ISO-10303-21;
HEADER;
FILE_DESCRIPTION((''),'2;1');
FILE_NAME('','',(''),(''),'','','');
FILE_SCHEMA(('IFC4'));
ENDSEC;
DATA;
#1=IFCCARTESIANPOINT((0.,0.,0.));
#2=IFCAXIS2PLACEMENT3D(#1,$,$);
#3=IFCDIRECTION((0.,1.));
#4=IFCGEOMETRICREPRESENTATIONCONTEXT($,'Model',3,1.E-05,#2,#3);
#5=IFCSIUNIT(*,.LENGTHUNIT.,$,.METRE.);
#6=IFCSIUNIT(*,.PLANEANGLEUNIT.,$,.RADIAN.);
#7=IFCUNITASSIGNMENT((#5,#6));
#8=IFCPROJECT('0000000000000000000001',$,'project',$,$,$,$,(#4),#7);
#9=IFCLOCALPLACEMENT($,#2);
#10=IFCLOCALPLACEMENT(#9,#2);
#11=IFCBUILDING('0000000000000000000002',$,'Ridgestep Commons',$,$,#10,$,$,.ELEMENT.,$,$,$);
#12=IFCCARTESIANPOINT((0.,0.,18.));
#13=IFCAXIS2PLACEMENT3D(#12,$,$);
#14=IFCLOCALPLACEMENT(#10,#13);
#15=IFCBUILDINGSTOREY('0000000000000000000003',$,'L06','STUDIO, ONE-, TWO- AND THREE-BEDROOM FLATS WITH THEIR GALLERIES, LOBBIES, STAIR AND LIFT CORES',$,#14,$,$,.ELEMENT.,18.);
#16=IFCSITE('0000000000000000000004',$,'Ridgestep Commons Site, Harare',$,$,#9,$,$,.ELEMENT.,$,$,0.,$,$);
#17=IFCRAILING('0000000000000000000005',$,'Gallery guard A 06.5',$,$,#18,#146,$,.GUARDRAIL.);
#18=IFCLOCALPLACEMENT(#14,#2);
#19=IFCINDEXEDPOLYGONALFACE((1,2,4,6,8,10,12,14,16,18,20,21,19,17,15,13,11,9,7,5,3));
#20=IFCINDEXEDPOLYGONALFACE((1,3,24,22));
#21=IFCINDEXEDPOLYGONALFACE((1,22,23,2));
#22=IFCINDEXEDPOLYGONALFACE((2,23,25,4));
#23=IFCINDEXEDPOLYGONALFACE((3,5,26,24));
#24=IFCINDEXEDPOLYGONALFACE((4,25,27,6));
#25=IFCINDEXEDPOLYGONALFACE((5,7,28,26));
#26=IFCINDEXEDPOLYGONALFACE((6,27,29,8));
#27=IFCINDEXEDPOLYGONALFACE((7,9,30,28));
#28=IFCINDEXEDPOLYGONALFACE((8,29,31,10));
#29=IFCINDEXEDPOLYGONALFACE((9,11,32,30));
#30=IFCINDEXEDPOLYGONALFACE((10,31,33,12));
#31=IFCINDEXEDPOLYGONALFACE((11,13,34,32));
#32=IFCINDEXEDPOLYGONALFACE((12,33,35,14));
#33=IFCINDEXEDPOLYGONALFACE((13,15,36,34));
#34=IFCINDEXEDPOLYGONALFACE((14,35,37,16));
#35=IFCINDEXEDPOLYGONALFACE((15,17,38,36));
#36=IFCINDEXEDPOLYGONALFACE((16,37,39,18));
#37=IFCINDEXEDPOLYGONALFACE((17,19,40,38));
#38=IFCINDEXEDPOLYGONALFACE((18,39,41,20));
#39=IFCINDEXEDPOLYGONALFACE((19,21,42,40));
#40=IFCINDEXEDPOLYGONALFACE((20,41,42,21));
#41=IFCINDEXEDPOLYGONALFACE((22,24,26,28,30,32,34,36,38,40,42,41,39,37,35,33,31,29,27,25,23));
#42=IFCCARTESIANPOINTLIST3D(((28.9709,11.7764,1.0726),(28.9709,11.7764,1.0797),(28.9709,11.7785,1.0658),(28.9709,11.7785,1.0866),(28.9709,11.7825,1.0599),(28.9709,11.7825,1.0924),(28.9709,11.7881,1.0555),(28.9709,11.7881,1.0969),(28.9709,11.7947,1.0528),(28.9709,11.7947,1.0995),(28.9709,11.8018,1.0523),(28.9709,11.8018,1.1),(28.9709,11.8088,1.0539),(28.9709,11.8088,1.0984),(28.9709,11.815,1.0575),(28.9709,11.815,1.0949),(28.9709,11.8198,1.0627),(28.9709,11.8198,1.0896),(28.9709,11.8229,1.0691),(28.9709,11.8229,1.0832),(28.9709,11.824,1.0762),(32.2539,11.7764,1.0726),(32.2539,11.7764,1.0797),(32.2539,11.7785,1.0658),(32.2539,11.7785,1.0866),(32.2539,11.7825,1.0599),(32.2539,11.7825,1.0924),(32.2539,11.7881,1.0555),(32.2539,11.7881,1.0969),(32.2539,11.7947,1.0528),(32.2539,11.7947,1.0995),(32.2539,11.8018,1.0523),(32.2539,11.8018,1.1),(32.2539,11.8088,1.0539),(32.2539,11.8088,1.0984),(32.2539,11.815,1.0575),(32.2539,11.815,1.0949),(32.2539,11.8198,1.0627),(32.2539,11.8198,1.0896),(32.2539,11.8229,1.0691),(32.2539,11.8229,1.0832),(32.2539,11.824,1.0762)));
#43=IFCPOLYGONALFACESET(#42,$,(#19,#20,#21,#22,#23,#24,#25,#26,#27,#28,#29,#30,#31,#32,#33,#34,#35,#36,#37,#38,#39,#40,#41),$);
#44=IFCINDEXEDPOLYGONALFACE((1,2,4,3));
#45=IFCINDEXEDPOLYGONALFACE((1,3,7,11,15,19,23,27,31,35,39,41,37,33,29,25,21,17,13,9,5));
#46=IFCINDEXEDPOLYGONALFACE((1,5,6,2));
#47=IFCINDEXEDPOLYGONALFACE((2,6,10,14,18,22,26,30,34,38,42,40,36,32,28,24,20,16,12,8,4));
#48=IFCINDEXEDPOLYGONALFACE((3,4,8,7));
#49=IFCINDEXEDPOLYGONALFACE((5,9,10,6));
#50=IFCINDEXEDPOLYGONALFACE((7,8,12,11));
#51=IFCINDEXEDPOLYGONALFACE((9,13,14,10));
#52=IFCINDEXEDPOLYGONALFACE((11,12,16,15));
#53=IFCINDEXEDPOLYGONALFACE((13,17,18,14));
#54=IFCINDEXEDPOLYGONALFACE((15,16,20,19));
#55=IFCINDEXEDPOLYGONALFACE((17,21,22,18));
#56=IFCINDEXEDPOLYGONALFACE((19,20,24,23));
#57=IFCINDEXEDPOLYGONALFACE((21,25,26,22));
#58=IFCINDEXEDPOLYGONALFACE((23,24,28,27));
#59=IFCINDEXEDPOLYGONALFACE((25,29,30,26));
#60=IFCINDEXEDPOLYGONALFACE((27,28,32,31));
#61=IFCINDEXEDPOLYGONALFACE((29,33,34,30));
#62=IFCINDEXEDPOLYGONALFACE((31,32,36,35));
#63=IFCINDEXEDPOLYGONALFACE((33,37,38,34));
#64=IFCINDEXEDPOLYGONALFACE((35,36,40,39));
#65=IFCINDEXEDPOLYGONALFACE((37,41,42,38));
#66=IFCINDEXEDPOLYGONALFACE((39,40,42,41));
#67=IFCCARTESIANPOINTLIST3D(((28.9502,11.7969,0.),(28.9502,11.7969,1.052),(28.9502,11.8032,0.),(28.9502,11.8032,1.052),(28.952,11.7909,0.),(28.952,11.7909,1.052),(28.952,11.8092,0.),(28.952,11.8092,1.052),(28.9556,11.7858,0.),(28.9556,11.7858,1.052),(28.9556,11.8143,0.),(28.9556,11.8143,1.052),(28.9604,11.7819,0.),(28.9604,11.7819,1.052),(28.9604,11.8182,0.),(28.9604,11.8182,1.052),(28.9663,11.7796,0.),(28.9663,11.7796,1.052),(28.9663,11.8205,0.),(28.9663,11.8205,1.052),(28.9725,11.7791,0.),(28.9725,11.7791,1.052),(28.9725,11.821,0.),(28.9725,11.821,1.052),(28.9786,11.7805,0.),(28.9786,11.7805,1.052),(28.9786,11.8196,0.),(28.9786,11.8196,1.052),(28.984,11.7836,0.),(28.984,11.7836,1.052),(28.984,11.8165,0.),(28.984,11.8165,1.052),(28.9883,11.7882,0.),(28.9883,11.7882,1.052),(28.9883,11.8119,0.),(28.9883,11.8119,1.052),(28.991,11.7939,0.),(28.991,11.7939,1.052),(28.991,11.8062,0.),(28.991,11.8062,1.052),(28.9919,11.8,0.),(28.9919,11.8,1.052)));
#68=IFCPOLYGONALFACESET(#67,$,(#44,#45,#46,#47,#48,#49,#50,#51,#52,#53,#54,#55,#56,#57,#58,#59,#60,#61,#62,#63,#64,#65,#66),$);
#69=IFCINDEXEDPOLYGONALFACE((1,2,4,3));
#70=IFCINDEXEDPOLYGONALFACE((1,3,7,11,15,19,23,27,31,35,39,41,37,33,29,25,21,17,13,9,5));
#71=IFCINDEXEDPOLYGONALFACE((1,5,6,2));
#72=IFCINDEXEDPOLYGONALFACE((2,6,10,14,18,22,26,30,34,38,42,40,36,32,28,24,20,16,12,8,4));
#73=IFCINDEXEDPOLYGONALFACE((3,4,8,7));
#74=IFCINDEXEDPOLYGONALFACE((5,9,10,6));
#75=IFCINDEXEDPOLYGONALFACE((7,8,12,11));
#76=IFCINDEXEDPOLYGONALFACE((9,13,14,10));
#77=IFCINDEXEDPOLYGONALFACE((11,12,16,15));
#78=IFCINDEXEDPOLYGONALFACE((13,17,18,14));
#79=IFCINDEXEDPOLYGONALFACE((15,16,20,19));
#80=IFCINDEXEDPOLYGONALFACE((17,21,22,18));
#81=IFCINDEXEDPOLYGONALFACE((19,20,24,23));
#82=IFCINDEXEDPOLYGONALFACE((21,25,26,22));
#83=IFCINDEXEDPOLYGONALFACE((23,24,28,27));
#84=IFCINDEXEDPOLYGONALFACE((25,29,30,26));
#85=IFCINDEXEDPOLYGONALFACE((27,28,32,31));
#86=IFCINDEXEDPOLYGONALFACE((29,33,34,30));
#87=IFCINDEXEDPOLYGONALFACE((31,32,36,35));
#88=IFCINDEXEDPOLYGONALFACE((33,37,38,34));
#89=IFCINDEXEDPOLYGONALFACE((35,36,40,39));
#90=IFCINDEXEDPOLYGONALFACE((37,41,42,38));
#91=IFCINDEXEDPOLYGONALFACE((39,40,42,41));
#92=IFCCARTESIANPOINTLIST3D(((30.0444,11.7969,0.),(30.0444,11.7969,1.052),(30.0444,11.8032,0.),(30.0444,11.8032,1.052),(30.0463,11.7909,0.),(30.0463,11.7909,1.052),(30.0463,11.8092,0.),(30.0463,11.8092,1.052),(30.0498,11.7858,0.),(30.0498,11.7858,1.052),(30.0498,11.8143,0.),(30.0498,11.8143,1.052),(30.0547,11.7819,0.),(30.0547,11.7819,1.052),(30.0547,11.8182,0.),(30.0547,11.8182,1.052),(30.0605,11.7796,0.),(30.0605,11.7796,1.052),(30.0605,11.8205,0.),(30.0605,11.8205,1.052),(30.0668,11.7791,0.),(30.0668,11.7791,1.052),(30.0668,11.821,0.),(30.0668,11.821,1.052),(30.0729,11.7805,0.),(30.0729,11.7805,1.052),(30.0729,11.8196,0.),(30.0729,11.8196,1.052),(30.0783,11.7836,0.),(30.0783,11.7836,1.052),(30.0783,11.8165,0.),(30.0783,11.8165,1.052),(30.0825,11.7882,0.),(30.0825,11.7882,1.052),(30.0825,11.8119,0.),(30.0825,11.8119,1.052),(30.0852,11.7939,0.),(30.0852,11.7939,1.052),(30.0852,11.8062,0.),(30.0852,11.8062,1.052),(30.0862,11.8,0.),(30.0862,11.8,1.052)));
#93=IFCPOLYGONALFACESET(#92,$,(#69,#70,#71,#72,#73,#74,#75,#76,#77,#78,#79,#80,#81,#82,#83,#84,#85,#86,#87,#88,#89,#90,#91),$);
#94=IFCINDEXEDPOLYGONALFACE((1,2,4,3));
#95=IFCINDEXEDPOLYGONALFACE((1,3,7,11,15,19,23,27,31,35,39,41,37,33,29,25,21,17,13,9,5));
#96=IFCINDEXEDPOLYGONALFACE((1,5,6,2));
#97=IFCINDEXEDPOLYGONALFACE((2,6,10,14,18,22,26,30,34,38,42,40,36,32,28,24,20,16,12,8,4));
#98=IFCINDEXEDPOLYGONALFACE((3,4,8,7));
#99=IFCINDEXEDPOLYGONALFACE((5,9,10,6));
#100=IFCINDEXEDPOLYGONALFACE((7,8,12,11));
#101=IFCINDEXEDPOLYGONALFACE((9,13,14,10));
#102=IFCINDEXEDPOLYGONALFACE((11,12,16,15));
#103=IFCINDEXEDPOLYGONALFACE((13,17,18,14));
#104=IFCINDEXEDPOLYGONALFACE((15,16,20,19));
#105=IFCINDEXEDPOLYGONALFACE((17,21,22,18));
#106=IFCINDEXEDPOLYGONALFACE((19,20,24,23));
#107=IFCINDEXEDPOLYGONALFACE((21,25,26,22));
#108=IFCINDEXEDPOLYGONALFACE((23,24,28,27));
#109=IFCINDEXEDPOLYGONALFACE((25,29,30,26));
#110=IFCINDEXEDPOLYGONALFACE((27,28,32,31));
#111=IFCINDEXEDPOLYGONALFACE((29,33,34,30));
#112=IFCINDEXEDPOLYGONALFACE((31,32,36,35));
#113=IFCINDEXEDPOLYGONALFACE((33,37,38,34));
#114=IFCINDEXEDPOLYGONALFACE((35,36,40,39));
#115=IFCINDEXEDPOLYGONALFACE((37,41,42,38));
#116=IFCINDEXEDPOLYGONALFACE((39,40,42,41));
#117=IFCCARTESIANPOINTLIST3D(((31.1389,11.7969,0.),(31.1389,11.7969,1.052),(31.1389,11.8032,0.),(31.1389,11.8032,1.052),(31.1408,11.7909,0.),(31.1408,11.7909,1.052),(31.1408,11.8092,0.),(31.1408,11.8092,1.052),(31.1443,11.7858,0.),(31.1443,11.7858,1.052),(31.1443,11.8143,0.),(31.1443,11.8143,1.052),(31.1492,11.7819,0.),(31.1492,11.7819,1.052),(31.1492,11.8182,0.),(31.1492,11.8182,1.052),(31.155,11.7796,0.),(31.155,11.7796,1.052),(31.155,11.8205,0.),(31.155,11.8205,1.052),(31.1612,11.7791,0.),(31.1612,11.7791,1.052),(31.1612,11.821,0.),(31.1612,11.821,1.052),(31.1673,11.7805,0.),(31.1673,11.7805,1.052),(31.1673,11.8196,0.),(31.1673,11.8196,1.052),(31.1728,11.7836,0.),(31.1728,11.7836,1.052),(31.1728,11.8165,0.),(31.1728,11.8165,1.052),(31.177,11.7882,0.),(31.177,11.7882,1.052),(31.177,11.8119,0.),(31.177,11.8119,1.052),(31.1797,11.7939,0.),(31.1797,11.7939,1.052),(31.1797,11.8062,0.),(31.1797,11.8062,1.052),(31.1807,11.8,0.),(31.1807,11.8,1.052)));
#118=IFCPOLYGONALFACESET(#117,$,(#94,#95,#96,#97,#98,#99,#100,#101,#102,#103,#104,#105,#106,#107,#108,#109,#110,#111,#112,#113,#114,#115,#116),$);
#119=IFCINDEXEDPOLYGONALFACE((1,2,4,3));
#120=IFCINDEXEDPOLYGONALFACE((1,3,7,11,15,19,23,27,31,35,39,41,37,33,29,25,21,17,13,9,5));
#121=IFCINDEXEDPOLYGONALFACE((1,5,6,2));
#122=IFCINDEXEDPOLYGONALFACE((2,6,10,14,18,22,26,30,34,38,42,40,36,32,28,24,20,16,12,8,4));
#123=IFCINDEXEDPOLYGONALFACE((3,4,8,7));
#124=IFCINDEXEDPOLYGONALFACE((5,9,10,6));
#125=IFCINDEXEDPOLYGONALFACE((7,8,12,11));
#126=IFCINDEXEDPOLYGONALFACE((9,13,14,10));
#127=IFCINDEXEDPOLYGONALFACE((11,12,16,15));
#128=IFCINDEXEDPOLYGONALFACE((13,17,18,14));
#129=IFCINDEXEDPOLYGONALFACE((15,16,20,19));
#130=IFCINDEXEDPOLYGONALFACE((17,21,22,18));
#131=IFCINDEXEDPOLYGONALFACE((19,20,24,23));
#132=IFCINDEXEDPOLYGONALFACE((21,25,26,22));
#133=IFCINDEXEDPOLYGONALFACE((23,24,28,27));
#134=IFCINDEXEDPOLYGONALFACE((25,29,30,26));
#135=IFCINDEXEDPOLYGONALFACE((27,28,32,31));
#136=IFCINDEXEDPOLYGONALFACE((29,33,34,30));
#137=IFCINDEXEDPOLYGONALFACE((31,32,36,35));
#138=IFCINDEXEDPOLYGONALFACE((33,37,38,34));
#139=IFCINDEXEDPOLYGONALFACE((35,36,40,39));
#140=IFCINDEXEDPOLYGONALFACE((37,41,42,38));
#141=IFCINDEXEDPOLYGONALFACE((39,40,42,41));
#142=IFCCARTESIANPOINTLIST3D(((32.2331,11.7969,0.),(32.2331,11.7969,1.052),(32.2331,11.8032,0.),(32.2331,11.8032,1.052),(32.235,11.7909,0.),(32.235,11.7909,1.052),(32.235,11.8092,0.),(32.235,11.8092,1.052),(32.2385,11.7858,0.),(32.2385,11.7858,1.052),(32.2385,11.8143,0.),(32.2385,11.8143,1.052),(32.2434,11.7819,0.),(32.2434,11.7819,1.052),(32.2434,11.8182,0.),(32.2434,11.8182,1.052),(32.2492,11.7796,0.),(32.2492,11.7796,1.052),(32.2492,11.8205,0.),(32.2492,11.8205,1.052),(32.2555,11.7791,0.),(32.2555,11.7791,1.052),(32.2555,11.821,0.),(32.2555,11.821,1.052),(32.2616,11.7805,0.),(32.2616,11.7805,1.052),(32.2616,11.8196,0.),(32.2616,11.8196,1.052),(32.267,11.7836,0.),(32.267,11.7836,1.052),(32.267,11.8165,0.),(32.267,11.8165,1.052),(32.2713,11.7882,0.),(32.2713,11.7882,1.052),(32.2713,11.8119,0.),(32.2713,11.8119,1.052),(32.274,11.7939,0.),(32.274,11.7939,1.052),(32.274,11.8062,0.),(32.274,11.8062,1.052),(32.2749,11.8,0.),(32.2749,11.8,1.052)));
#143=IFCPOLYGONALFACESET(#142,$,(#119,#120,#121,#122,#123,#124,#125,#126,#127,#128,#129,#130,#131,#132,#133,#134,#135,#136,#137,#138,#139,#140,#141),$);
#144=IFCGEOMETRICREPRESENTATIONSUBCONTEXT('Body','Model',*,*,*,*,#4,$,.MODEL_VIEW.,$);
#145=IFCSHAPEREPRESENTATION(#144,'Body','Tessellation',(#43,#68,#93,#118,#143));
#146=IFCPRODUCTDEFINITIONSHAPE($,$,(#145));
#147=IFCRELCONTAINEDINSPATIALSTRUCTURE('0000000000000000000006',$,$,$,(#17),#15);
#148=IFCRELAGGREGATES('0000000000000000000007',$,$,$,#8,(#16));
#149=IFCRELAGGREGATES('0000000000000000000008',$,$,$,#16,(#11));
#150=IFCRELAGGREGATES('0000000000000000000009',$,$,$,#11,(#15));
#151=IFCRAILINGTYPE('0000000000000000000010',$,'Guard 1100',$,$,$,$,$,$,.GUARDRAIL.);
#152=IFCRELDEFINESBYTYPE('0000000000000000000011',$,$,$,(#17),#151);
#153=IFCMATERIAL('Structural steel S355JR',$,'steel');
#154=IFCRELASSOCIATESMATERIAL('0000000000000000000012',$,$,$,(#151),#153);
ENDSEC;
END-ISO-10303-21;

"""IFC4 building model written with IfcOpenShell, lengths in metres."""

from ifc_helpers import new_model, si_unit, direction, frame, origin, origin_2d, place, context, subcontext, project, spatial, circle, extrude, material, type_object, element, save


model = new_model("IFC4")

# Units and contexts
model_context = context("Model", 3, precision=1e-05, world=origin(), true_north=direction((0.0, 1.0)))
body_context = subcontext(model_context, "Body", "Model", "MODEL_VIEW")
ifc_project = project(units=[si_unit("LENGTHUNIT", "METRE"), si_unit("PLANEANGLEUNIT", "RADIAN")], contexts=[model_context])

# Site, building, storey
site_placement = place(None, origin())
site = spatial("IfcSite", under=ifc_project, at=site_placement, Name="Ridgestep Commons Site, Harare", CompositionType="ELEMENT", RefElevation=0.0)
building_placement = place(site_placement, origin())
building = spatial("IfcBuilding", under=site, at=building_placement, Name="Ridgestep Commons", CompositionType="ELEMENT")
storey_placement = place(building_placement, frame((0.0, 0.0, 18.0)))
storey = spatial("IfcBuildingStorey", under=building, at=storey_placement, Name="L06", Description="STUDIO, ONE-, TWO- AND THREE-BEDROOM FLATS WITH THEIR GALLERIES, LOBBIES, STAIR AND LIFT CORES", CompositionType="ELEMENT", Elevation=18.0)

# Railing
ifc_material_1 = material(Name="Structural steel S355JR", Category="steel")
railing_type = type_object("IfcRailingType", Name="Guard 1100", PredefinedType="GUARDRAIL", material=ifc_material_1)
railing_1_placement = place(storey_placement, frame((28.9709, 11.8, 0.0)))
element("IfcRailing", 1, at=railing_1_placement, inside=storey, type_object=railing_type, Name="Gallery guard A 06.5", PredefinedType="GUARDRAIL", context=body_context, shape_type="SweptSolid", body=[
    extrude(circle(Radius=0.0239, at=origin_2d()), frame((0.0, 0.0, 1.0762), z_axis=(1.0, 0.0, 0.0), x_axis=(0.0, 1.0, 0.0)), (0.0, 0.0, 1.0), 3.283),
    extrude(circle(Radius=0.021, at=origin_2d()), origin(), (0.0, 0.0, 1.0), 1.052),
    extrude(circle(Radius=0.021, at=origin_2d()), frame((1.0942, 0.0, 0.0)), (0.0, 0.0, 1.0), 1.052),
    extrude(circle(Radius=0.021, at=origin_2d()), frame((2.1887, 0.0, 0.0)), (0.0, 0.0, 1.0), 1.052),
    extrude(circle(Radius=0.021, at=origin_2d()), frame((3.283, 0.0, 0.0)), (0.0, 0.0, 1.0), 1.052),
])

save(model, "model.ifc")
